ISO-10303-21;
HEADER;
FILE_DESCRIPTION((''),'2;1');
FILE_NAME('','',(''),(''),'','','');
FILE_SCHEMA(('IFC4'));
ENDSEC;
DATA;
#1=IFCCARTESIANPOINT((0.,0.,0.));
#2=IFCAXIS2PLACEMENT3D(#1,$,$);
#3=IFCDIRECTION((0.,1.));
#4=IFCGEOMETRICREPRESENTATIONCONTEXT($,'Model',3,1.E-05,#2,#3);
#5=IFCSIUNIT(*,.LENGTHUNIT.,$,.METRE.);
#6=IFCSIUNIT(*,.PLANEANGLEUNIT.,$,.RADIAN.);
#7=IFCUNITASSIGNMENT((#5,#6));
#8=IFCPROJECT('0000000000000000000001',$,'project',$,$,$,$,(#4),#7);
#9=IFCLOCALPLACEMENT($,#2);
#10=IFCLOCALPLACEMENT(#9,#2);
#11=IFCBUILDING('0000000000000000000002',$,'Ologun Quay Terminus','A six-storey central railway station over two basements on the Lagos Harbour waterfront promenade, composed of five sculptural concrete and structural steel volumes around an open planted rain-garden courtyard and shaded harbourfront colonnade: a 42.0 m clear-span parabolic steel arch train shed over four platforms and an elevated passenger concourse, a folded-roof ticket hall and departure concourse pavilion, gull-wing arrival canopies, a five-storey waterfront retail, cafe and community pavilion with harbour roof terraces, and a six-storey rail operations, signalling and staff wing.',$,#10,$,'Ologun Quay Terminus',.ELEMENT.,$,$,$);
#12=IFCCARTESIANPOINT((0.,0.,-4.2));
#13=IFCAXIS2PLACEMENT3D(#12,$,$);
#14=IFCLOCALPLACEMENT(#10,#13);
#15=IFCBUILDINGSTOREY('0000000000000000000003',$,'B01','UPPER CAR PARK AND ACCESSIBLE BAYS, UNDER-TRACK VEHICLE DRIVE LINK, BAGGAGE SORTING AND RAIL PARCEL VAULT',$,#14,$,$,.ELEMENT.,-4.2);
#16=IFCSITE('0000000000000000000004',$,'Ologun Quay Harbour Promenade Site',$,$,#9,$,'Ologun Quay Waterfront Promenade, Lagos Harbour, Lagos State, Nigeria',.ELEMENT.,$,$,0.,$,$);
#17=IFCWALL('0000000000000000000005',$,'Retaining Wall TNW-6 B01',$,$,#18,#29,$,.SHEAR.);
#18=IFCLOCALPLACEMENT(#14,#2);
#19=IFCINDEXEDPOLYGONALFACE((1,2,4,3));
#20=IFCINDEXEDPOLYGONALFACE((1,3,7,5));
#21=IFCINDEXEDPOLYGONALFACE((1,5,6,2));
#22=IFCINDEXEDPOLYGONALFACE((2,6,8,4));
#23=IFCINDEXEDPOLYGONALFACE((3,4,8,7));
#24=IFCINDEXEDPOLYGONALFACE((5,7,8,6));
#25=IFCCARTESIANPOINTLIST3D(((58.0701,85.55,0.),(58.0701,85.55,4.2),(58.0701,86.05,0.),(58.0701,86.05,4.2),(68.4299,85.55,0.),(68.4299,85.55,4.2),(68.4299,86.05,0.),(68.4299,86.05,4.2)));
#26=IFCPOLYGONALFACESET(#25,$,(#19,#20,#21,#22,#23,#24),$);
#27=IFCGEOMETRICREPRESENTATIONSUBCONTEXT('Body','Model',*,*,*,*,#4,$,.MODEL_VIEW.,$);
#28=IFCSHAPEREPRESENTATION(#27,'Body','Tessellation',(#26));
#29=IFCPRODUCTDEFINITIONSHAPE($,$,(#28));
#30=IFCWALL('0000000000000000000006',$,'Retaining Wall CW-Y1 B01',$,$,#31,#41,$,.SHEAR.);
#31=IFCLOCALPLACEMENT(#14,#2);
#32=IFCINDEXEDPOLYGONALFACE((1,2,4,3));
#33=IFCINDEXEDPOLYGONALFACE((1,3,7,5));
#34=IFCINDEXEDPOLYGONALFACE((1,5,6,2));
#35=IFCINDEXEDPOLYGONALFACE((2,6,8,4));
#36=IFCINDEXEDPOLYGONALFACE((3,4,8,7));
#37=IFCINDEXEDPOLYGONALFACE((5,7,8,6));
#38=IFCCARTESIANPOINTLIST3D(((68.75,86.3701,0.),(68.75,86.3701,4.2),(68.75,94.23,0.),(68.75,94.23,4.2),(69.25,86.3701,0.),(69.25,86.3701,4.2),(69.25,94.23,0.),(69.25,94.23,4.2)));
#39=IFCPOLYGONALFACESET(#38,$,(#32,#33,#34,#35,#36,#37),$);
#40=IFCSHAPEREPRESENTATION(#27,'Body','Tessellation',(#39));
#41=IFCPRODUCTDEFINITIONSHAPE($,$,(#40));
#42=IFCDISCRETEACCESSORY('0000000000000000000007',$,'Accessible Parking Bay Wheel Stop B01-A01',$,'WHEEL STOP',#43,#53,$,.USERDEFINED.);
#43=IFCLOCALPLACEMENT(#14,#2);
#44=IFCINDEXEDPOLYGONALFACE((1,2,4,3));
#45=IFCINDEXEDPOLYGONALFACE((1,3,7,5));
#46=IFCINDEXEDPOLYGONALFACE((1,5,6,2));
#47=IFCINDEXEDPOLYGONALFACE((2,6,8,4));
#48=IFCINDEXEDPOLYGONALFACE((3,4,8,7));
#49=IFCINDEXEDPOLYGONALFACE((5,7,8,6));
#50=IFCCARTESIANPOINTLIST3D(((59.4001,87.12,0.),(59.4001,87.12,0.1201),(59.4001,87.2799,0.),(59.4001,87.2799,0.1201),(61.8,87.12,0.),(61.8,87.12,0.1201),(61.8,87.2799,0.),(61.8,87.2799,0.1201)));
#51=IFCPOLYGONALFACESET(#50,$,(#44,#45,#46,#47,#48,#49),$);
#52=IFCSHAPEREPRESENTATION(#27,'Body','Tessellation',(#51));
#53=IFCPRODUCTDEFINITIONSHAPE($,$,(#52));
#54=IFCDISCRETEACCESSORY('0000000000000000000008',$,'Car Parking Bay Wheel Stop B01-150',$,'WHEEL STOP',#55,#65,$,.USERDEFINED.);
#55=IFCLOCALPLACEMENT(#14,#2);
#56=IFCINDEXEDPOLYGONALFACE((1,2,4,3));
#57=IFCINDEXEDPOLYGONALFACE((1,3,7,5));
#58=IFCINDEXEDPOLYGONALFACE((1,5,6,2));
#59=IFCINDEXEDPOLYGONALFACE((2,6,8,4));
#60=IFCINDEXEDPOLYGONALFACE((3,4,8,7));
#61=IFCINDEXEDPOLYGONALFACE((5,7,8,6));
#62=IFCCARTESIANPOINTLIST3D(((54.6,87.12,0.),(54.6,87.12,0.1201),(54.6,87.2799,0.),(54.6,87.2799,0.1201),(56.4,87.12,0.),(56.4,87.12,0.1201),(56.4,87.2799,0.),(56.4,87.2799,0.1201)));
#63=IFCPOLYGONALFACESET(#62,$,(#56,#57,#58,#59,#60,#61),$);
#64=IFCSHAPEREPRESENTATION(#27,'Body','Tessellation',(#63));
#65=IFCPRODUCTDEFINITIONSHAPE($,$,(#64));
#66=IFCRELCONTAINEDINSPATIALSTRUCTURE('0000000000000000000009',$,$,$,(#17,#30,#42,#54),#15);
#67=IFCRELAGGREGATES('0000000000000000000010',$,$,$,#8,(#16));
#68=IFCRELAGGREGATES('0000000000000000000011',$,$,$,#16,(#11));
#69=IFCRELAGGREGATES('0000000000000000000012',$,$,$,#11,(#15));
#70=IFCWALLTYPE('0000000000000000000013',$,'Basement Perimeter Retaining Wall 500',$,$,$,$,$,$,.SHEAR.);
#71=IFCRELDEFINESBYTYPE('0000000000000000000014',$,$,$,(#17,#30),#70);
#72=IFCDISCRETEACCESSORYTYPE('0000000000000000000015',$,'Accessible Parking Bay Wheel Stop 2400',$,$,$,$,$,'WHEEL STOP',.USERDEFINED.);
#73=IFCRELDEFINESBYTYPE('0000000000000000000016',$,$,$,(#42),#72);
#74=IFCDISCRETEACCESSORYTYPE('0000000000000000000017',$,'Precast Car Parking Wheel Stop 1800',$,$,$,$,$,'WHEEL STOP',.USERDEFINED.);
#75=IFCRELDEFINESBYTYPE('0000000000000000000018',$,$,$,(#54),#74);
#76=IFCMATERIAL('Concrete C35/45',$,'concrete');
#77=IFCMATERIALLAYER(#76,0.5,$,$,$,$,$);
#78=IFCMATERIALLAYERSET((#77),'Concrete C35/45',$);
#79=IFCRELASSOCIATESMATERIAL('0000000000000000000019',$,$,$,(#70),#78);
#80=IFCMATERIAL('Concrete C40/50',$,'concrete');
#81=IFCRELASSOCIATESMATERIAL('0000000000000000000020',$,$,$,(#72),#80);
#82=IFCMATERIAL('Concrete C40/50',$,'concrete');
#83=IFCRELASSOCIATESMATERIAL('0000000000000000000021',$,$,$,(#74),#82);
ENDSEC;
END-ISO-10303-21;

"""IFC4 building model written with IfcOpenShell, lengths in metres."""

from ifc_helpers import new_model, si_unit, direction, frame, frame_2d, origin, origin_2d, place, context, subcontext, project, spatial, rectangle, extrude, material, layer, layer_set, type_object, element, save


model = new_model("IFC4")

# Units and contexts
model_context = context("Model", 3, precision=1e-05, world=origin(), true_north=direction((0.0, 1.0)))
body_context = subcontext(model_context, "Body", "Model", "MODEL_VIEW")
ifc_project = project(units=[si_unit("LENGTHUNIT", "METRE"), si_unit("PLANEANGLEUNIT", "RADIAN")], contexts=[model_context])

# Site, building, storey
site_placement = place(None, origin())
site = spatial("IfcSite", under=ifc_project, at=site_placement, Name="Ologun Quay Harbour Promenade Site", LongName="Ologun Quay Waterfront Promenade, Lagos Harbour, Lagos State, Nigeria", CompositionType="ELEMENT", RefElevation=0.0)
building_placement = place(site_placement, origin())
building = spatial("IfcBuilding", under=site, at=building_placement, Name="Ologun Quay Terminus", Description="A six-storey central railway station over two basements on the Lagos Harbour waterfront promenade, composed of five sculptural concrete and structural steel volumes around an open planted rain-garden courtyard and shaded harbourfront colonnade: a 42.0 m clear-span parabolic steel arch train shed over four platforms and an elevated passenger concourse, a folded-roof ticket hall and departure concourse pavilion, gull-wing arrival canopies, a five-storey waterfront retail, cafe and community pavilion with harbour roof terraces, and a six-storey rail operations, signalling and staff wing.", LongName="Ologun Quay Terminus", CompositionType="ELEMENT")
storey_placement = place(building_placement, frame((0.0, 0.0, -4.2)))
storey = spatial("IfcBuildingStorey", under=building, at=storey_placement, Name="B01", Description="UPPER CAR PARK AND ACCESSIBLE BAYS, UNDER-TRACK VEHICLE DRIVE LINK, BAGGAGE SORTING AND RAIL PARCEL VAULT", CompositionType="ELEMENT", Elevation=-4.2)

# Walls
ifc_material_1 = material(Name="Concrete C35/45", Category="concrete")
ifc_layer = layer(ifc_material_1, 0.5)
ifc_layer_set = layer_set([ifc_layer], Name="Concrete C35/45")
wall_type = type_object("IfcWallType", Name="Basement Perimeter Retaining Wall 500", PredefinedType="SHEAR", material=ifc_layer_set)
wall_1_placement = place(storey_placement, frame((58.0701, 85.8, 0.0), z_axis=(0.0, 0.0, 1.0), x_axis=(1.0, 0.0, 0.0)))
element("IfcWall", 1, at=wall_1_placement, inside=storey, type_object=wall_type, Name="Retaining Wall TNW-6 B01", PredefinedType="SHEAR", context=body_context, shape_type="SweptSolid", body=[
    extrude(rectangle(XDim=10.3599, YDim=0.5, at=frame_2d((5.1799, 0.0))), origin(), (0.0, 0.0, 1.0), 4.2),
])
wall_2_placement = place(storey_placement, frame((69.0, 86.3701, 0.0), z_axis=(0.0, 0.0, 1.0), x_axis=(0.0, 1.0, 0.0)))
element("IfcWall", 2, at=wall_2_placement, inside=storey, type_object=wall_type, Name="Retaining Wall CW-Y1 B01", PredefinedType="SHEAR", context=body_context, shape_type="SweptSolid", body=[
    extrude(rectangle(XDim=7.8599, YDim=0.5, at=frame_2d((3.9299, 0.0))), origin(), (0.0, 0.0, 1.0), 4.2),
])

# Discrete accessories
ifc_material_2 = material(Name="Concrete C40/50", Category="concrete")
discrete_accessory_type_1 = type_object("IfcDiscreteAccessoryType", Name="Accessible Parking Bay Wheel Stop 2400", ElementType="WHEEL STOP", PredefinedType="USERDEFINED", material=ifc_material_2)
discrete_accessory_1_placement = place(storey_placement, frame((60.6001, 87.2, 0.0), z_axis=(0.0, 0.0, 1.0), x_axis=(1.0, 0.0, 0.0)))
element("IfcDiscreteAccessory", 3, at=discrete_accessory_1_placement, inside=storey, type_object=discrete_accessory_type_1, Name="Accessible Parking Bay Wheel Stop B01-A01", ObjectType="WHEEL STOP", PredefinedType="USERDEFINED", context=body_context, shape_type="SweptSolid", body=[
    extrude(rectangle(XDim=2.3999, YDim=0.1599, at=origin_2d()), origin(), (0.0, 0.0, 1.0), 0.1201),
])
ifc_material_3 = material(Name="Concrete C40/50", Category="concrete")
discrete_accessory_type_2 = type_object("IfcDiscreteAccessoryType", Name="Precast Car Parking Wheel Stop 1800", ElementType="WHEEL STOP", PredefinedType="USERDEFINED", material=ifc_material_3)
discrete_accessory_2_placement = place(storey_placement, frame((55.5, 87.2, 0.0), z_axis=(0.0, 0.0, 1.0), x_axis=(1.0, 0.0, 0.0)))
element("IfcDiscreteAccessory", 4, at=discrete_accessory_2_placement, inside=storey, type_object=discrete_accessory_type_2, Name="Car Parking Bay Wheel Stop B01-150", ObjectType="WHEEL STOP", PredefinedType="USERDEFINED", context=body_context, shape_type="SweptSolid", body=[
    extrude(rectangle(XDim=1.8, YDim=0.1599, at=origin_2d()), origin(), (0.0, 0.0, 1.0), 0.1201),
])

save(model, "model.ifc")
